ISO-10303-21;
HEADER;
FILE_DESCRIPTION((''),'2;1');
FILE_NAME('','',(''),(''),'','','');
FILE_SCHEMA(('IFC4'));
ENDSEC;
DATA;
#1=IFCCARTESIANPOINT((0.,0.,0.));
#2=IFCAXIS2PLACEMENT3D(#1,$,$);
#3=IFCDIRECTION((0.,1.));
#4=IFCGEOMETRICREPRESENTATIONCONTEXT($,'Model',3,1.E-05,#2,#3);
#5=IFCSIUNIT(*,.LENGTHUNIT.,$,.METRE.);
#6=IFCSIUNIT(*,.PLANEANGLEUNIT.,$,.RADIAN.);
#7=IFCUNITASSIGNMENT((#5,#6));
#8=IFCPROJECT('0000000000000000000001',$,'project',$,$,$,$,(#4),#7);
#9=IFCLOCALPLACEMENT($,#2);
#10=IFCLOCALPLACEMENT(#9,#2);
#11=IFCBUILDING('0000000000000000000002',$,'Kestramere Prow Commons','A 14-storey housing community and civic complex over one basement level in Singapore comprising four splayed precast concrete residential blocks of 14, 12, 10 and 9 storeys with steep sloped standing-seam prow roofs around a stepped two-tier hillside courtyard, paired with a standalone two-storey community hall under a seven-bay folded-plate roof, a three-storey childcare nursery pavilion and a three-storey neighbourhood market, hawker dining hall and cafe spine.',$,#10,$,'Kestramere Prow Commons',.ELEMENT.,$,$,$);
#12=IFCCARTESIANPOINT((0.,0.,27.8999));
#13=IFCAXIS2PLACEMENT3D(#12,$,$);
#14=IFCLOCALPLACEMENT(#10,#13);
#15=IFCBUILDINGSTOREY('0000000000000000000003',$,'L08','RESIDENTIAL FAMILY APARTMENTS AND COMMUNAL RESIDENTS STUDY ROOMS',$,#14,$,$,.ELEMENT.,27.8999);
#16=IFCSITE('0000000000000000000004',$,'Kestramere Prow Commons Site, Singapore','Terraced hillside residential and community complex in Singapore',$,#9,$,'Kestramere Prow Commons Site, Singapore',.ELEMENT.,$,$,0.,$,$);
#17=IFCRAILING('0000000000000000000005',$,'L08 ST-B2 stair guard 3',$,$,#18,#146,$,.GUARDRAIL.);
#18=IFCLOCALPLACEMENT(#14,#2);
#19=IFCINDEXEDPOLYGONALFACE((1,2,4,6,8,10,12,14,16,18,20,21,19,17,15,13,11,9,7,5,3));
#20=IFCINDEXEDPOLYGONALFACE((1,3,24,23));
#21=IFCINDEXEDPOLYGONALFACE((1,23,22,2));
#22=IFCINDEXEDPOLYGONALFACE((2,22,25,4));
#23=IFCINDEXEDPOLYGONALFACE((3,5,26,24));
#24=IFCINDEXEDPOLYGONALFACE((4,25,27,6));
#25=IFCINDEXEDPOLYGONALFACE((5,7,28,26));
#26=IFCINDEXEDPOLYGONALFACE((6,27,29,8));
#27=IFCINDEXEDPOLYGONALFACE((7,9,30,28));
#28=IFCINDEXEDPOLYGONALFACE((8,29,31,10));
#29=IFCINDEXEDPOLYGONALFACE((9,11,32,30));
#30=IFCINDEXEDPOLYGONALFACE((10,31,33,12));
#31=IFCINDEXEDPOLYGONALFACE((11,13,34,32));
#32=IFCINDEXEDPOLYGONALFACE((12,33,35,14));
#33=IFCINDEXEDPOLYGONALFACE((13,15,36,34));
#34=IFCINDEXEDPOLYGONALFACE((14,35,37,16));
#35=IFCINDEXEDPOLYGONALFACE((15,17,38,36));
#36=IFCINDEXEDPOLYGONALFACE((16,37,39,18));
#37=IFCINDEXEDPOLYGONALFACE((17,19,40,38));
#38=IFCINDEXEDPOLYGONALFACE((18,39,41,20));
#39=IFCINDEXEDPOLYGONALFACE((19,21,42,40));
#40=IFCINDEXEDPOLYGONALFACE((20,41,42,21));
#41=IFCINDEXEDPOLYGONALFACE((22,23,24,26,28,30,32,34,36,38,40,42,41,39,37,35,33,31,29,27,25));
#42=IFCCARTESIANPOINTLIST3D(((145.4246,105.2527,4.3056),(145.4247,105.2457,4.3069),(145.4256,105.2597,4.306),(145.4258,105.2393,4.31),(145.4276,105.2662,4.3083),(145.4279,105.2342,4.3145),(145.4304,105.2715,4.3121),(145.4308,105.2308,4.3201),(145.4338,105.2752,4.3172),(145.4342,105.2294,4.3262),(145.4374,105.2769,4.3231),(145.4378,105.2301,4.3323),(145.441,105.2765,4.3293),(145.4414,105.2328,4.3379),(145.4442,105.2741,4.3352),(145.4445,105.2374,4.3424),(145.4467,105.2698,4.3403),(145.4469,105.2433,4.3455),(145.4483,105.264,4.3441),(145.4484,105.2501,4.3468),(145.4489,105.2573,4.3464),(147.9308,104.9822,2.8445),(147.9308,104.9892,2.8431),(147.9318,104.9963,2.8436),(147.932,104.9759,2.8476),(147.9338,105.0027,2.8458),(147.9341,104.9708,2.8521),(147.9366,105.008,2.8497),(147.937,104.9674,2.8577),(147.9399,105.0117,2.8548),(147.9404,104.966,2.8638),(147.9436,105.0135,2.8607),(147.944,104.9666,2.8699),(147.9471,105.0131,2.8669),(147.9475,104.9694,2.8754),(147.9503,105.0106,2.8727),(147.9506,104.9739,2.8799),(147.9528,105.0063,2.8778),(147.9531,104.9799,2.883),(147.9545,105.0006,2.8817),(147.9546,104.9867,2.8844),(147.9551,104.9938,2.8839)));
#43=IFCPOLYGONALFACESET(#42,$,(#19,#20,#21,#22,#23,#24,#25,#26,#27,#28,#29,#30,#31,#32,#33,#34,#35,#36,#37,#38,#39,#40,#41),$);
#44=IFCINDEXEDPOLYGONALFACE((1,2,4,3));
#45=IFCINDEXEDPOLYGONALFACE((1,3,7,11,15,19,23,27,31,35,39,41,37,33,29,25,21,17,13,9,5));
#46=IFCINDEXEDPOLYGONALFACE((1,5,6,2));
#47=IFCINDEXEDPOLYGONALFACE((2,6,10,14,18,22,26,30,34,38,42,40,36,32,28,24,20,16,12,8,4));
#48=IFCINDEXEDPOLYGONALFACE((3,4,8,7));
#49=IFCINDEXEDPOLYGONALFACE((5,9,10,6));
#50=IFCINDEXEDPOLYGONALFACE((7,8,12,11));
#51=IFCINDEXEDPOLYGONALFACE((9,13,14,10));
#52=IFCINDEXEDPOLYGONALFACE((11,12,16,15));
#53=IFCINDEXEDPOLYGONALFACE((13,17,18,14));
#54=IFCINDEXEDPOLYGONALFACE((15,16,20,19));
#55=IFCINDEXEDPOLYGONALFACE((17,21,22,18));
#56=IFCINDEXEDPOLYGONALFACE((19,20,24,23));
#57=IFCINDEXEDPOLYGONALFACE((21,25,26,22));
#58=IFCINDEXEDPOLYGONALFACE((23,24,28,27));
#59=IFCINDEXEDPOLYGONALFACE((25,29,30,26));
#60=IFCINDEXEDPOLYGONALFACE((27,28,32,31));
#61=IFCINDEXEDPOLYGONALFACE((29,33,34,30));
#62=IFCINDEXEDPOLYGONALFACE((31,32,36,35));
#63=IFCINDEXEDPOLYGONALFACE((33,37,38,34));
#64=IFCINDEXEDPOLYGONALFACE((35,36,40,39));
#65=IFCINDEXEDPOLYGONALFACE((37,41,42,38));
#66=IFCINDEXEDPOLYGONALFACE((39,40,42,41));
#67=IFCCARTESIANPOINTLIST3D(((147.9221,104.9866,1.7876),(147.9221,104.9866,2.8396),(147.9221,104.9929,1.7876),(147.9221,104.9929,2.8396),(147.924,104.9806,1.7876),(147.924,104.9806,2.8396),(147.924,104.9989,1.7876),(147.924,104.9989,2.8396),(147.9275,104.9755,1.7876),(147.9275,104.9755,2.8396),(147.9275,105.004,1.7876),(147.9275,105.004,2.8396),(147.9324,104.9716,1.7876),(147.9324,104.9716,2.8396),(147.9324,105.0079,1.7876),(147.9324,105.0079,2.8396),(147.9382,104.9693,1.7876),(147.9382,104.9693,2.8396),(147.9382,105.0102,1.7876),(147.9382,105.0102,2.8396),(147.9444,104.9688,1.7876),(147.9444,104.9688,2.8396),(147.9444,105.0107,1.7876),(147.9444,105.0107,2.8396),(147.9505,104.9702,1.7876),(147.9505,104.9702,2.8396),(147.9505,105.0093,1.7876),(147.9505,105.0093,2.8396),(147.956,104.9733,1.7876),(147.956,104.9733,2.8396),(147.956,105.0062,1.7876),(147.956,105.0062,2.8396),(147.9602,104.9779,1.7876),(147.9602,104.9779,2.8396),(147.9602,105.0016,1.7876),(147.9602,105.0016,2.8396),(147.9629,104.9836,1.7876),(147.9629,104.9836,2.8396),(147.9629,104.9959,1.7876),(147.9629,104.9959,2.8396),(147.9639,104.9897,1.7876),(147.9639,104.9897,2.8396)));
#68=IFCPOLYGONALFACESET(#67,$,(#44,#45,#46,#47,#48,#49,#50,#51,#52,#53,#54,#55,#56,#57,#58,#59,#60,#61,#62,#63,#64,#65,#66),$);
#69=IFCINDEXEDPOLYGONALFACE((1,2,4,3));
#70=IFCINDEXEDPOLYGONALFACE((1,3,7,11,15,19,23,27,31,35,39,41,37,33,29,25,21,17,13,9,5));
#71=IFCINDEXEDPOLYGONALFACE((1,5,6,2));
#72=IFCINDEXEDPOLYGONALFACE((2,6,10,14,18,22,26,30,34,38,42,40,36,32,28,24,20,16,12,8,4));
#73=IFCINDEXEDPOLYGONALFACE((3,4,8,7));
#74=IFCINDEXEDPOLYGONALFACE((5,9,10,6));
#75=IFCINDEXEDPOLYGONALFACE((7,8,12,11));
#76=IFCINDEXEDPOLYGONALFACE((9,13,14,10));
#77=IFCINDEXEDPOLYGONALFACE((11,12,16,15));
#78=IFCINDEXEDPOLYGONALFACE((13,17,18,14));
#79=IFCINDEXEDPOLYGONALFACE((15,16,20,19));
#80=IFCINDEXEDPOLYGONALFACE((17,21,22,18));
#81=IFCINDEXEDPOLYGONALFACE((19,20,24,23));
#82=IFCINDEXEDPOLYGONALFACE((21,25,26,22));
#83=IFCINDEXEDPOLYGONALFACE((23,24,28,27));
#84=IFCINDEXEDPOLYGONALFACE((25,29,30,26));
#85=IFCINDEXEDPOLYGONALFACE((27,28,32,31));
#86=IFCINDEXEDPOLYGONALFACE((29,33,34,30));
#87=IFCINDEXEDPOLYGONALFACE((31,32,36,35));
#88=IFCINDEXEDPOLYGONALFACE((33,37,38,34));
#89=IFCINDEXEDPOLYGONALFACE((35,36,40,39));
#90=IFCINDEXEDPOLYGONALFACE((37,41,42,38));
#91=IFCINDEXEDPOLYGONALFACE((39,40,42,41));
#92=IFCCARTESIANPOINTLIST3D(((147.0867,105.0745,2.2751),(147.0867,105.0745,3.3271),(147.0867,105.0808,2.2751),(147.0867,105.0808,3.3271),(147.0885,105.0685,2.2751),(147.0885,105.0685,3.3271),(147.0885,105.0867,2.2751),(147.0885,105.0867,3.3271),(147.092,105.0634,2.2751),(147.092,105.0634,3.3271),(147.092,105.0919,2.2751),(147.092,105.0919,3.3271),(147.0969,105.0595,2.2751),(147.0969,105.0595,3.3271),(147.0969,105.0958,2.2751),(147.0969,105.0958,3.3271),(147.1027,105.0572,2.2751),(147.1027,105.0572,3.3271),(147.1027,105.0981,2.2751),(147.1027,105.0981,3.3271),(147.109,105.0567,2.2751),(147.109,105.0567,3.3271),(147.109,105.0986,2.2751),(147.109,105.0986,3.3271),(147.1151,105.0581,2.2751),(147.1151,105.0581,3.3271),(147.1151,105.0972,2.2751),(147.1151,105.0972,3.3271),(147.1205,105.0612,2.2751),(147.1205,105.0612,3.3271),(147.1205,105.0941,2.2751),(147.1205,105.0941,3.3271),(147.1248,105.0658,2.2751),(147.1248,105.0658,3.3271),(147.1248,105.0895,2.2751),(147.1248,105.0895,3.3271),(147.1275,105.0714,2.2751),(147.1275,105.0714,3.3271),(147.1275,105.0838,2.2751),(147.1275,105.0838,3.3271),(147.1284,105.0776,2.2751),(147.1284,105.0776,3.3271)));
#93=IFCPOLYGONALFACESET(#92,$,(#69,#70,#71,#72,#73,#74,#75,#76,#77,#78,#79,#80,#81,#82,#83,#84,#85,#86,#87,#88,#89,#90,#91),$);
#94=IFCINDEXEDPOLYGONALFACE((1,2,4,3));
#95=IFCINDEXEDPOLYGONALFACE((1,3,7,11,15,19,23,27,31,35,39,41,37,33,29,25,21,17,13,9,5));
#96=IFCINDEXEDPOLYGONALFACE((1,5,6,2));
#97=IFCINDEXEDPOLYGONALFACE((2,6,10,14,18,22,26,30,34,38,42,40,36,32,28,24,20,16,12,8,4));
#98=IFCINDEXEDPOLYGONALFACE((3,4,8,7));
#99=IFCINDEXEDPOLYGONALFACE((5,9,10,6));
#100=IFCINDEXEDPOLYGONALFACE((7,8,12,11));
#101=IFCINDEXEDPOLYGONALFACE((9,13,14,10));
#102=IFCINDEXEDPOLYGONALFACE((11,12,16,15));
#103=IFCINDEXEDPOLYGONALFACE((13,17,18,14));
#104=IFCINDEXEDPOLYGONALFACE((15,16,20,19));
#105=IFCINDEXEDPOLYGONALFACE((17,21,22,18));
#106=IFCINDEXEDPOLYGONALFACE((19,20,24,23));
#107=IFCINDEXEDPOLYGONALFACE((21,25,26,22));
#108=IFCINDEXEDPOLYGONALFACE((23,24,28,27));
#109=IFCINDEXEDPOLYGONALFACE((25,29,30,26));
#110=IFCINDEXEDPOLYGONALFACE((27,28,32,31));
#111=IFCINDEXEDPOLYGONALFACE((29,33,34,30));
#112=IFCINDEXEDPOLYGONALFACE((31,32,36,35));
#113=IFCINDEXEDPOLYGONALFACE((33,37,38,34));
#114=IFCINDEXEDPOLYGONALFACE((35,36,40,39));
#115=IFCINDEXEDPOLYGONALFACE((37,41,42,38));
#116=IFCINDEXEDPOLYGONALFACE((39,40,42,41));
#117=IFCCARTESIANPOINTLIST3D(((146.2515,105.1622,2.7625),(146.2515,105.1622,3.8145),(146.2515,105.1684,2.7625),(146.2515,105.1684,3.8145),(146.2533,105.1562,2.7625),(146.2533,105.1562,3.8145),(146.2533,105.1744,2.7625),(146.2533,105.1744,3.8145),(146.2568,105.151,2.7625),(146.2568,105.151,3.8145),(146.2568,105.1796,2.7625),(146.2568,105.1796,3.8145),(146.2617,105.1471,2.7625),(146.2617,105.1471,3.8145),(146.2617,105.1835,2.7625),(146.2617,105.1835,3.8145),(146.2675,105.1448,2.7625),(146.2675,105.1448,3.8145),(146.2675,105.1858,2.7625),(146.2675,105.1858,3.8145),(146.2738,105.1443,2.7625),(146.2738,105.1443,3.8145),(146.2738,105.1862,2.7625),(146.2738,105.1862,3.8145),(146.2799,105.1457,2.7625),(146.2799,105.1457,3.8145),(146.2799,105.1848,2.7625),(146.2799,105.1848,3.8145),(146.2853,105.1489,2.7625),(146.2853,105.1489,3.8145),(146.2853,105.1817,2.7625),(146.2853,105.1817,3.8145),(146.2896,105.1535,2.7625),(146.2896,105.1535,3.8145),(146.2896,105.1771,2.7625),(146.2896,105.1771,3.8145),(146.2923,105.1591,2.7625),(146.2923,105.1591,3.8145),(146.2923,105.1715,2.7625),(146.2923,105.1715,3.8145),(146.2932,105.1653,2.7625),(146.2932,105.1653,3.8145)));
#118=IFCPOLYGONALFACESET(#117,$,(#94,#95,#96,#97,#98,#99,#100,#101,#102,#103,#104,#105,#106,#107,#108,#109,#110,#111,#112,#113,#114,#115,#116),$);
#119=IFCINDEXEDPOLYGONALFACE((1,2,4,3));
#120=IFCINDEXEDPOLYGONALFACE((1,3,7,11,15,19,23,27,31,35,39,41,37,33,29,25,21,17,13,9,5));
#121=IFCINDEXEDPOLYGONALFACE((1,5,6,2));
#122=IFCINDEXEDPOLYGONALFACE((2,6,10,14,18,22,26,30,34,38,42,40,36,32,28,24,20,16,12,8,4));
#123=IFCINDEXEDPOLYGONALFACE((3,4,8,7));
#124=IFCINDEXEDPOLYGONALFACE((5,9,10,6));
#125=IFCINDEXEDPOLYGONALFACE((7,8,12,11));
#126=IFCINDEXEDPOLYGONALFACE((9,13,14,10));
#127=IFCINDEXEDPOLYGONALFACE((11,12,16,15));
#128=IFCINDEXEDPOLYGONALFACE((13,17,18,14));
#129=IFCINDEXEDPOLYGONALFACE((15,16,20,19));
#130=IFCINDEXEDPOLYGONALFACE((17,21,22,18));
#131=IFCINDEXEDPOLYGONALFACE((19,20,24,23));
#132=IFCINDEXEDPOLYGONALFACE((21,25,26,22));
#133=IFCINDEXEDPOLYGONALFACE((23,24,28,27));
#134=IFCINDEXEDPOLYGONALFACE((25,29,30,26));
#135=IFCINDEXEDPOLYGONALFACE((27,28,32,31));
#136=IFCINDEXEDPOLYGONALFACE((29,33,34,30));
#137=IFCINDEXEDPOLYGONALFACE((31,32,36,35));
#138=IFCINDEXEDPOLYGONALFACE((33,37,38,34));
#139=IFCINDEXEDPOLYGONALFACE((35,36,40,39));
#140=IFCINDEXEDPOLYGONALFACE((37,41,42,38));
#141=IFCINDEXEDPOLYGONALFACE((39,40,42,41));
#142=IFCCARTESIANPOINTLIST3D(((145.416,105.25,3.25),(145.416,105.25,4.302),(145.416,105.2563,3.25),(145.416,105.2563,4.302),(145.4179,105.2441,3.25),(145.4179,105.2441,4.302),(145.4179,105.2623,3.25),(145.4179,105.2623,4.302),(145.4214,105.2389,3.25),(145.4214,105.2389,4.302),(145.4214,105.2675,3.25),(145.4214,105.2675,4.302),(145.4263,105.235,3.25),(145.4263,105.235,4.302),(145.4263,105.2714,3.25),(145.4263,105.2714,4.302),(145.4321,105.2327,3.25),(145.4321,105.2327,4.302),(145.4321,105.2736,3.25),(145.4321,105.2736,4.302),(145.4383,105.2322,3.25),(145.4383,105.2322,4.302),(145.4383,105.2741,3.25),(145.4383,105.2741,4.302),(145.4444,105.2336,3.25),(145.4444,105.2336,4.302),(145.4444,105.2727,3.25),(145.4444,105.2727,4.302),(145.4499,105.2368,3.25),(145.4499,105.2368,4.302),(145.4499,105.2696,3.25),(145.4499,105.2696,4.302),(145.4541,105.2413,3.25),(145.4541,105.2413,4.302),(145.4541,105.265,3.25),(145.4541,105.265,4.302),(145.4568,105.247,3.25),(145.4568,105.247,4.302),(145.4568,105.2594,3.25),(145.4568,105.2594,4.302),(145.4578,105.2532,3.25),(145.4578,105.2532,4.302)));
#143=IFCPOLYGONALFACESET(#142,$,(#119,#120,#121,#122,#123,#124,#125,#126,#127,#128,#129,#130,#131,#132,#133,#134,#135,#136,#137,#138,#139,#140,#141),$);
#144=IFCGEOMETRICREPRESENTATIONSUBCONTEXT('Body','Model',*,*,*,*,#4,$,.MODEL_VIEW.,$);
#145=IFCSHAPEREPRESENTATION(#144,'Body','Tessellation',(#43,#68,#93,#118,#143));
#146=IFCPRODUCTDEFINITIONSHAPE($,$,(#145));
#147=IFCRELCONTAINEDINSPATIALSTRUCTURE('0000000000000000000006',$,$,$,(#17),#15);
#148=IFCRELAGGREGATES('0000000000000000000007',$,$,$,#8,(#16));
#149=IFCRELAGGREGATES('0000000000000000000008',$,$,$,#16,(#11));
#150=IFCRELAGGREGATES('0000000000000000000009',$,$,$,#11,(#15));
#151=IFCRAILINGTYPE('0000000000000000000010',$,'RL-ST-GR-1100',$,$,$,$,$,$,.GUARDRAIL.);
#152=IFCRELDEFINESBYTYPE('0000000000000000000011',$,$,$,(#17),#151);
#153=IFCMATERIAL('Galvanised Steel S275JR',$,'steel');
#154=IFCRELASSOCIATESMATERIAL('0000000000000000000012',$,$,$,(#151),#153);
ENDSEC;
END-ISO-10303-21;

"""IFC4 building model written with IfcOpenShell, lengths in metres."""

from ifc_helpers import new_model, si_unit, direction, frame, origin, origin_2d, place, context, subcontext, project, spatial, circle, extrude, material, type_object, element, save


model = new_model("IFC4")

# Units and contexts
model_context = context("Model", 3, precision=1e-05, world=origin(), true_north=direction((0.0, 1.0)))
body_context = subcontext(model_context, "Body", "Model", "MODEL_VIEW")
ifc_project = project(units=[si_unit("LENGTHUNIT", "METRE"), si_unit("PLANEANGLEUNIT", "RADIAN")], contexts=[model_context])

# Site, building, storey
site_placement = place(None, origin())
site = spatial("IfcSite", under=ifc_project, at=site_placement, Name="Kestramere Prow Commons Site, Singapore", Description="Terraced hillside residential and community complex in Singapore", LongName="Kestramere Prow Commons Site, Singapore", CompositionType="ELEMENT", RefElevation=0.0)
building_placement = place(site_placement, origin())
building = spatial("IfcBuilding", under=site, at=building_placement, Name="Kestramere Prow Commons", Description="A 14-storey housing community and civic complex over one basement level in Singapore comprising four splayed precast concrete residential blocks of 14, 12, 10 and 9 storeys with steep sloped standing-seam prow roofs around a stepped two-tier hillside courtyard, paired with a standalone two-storey community hall under a seven-bay folded-plate roof, a three-storey childcare nursery pavilion and a three-storey neighbourhood market, hawker dining hall and cafe spine.", LongName="Kestramere Prow Commons", CompositionType="ELEMENT")
storey_placement = place(building_placement, frame((0.0, 0.0, 27.8999)))
storey = spatial("IfcBuildingStorey", under=building, at=storey_placement, Name="L08", Description="RESIDENTIAL FAMILY APARTMENTS AND COMMUNAL RESIDENTS STUDY ROOMS", CompositionType="ELEMENT", Elevation=27.8999)

# Railing
ifc_material_1 = material(Name="Galvanised Steel S275JR", Category="steel")
railing_type_1 = type_object("IfcRailingType", Name="RL-ST-GR-1100", PredefinedType="GUARDRAIL", material=ifc_material_1)
railing_1_placement = place(storey_placement, frame((147.9429, 104.9897, 1.7876)))
element("IfcRailing", 1, at=railing_1_placement, inside=storey, type_object=railing_type_1, Name="L08 ST-B2 stair guard 3", PredefinedType="GUARDRAIL", context=body_context, shape_type="SweptSolid", body=[
    extrude(circle(Radius=0.0239, at=origin_2d()), frame((0.0, 0.0, 1.0762), z_axis=(-0.860165, 0.090416, 0.501937), x_axis=(-0.104539, -0.994521, 0.0)), (0.0, 0.0, 1.0), 2.9136),
    extrude(circle(Radius=0.021, at=origin_2d()), origin(), (0.0, 0.0, 1.0), 1.052),
    extrude(circle(Radius=0.021, at=origin_2d()), frame((-0.8354, 0.0879, 0.4875)), (0.0, 0.0, 1.0), 1.052),
    extrude(circle(Radius=0.021, at=origin_2d()), frame((-1.6707, 0.1755, 0.9749)), (0.0, 0.0, 1.0), 1.052),
    extrude(circle(Radius=0.021, at=origin_2d()), frame((-2.5061, 0.2634, 1.4624)), (0.0, 0.0, 1.0), 1.052),
])

save(model, "model.ifc")
